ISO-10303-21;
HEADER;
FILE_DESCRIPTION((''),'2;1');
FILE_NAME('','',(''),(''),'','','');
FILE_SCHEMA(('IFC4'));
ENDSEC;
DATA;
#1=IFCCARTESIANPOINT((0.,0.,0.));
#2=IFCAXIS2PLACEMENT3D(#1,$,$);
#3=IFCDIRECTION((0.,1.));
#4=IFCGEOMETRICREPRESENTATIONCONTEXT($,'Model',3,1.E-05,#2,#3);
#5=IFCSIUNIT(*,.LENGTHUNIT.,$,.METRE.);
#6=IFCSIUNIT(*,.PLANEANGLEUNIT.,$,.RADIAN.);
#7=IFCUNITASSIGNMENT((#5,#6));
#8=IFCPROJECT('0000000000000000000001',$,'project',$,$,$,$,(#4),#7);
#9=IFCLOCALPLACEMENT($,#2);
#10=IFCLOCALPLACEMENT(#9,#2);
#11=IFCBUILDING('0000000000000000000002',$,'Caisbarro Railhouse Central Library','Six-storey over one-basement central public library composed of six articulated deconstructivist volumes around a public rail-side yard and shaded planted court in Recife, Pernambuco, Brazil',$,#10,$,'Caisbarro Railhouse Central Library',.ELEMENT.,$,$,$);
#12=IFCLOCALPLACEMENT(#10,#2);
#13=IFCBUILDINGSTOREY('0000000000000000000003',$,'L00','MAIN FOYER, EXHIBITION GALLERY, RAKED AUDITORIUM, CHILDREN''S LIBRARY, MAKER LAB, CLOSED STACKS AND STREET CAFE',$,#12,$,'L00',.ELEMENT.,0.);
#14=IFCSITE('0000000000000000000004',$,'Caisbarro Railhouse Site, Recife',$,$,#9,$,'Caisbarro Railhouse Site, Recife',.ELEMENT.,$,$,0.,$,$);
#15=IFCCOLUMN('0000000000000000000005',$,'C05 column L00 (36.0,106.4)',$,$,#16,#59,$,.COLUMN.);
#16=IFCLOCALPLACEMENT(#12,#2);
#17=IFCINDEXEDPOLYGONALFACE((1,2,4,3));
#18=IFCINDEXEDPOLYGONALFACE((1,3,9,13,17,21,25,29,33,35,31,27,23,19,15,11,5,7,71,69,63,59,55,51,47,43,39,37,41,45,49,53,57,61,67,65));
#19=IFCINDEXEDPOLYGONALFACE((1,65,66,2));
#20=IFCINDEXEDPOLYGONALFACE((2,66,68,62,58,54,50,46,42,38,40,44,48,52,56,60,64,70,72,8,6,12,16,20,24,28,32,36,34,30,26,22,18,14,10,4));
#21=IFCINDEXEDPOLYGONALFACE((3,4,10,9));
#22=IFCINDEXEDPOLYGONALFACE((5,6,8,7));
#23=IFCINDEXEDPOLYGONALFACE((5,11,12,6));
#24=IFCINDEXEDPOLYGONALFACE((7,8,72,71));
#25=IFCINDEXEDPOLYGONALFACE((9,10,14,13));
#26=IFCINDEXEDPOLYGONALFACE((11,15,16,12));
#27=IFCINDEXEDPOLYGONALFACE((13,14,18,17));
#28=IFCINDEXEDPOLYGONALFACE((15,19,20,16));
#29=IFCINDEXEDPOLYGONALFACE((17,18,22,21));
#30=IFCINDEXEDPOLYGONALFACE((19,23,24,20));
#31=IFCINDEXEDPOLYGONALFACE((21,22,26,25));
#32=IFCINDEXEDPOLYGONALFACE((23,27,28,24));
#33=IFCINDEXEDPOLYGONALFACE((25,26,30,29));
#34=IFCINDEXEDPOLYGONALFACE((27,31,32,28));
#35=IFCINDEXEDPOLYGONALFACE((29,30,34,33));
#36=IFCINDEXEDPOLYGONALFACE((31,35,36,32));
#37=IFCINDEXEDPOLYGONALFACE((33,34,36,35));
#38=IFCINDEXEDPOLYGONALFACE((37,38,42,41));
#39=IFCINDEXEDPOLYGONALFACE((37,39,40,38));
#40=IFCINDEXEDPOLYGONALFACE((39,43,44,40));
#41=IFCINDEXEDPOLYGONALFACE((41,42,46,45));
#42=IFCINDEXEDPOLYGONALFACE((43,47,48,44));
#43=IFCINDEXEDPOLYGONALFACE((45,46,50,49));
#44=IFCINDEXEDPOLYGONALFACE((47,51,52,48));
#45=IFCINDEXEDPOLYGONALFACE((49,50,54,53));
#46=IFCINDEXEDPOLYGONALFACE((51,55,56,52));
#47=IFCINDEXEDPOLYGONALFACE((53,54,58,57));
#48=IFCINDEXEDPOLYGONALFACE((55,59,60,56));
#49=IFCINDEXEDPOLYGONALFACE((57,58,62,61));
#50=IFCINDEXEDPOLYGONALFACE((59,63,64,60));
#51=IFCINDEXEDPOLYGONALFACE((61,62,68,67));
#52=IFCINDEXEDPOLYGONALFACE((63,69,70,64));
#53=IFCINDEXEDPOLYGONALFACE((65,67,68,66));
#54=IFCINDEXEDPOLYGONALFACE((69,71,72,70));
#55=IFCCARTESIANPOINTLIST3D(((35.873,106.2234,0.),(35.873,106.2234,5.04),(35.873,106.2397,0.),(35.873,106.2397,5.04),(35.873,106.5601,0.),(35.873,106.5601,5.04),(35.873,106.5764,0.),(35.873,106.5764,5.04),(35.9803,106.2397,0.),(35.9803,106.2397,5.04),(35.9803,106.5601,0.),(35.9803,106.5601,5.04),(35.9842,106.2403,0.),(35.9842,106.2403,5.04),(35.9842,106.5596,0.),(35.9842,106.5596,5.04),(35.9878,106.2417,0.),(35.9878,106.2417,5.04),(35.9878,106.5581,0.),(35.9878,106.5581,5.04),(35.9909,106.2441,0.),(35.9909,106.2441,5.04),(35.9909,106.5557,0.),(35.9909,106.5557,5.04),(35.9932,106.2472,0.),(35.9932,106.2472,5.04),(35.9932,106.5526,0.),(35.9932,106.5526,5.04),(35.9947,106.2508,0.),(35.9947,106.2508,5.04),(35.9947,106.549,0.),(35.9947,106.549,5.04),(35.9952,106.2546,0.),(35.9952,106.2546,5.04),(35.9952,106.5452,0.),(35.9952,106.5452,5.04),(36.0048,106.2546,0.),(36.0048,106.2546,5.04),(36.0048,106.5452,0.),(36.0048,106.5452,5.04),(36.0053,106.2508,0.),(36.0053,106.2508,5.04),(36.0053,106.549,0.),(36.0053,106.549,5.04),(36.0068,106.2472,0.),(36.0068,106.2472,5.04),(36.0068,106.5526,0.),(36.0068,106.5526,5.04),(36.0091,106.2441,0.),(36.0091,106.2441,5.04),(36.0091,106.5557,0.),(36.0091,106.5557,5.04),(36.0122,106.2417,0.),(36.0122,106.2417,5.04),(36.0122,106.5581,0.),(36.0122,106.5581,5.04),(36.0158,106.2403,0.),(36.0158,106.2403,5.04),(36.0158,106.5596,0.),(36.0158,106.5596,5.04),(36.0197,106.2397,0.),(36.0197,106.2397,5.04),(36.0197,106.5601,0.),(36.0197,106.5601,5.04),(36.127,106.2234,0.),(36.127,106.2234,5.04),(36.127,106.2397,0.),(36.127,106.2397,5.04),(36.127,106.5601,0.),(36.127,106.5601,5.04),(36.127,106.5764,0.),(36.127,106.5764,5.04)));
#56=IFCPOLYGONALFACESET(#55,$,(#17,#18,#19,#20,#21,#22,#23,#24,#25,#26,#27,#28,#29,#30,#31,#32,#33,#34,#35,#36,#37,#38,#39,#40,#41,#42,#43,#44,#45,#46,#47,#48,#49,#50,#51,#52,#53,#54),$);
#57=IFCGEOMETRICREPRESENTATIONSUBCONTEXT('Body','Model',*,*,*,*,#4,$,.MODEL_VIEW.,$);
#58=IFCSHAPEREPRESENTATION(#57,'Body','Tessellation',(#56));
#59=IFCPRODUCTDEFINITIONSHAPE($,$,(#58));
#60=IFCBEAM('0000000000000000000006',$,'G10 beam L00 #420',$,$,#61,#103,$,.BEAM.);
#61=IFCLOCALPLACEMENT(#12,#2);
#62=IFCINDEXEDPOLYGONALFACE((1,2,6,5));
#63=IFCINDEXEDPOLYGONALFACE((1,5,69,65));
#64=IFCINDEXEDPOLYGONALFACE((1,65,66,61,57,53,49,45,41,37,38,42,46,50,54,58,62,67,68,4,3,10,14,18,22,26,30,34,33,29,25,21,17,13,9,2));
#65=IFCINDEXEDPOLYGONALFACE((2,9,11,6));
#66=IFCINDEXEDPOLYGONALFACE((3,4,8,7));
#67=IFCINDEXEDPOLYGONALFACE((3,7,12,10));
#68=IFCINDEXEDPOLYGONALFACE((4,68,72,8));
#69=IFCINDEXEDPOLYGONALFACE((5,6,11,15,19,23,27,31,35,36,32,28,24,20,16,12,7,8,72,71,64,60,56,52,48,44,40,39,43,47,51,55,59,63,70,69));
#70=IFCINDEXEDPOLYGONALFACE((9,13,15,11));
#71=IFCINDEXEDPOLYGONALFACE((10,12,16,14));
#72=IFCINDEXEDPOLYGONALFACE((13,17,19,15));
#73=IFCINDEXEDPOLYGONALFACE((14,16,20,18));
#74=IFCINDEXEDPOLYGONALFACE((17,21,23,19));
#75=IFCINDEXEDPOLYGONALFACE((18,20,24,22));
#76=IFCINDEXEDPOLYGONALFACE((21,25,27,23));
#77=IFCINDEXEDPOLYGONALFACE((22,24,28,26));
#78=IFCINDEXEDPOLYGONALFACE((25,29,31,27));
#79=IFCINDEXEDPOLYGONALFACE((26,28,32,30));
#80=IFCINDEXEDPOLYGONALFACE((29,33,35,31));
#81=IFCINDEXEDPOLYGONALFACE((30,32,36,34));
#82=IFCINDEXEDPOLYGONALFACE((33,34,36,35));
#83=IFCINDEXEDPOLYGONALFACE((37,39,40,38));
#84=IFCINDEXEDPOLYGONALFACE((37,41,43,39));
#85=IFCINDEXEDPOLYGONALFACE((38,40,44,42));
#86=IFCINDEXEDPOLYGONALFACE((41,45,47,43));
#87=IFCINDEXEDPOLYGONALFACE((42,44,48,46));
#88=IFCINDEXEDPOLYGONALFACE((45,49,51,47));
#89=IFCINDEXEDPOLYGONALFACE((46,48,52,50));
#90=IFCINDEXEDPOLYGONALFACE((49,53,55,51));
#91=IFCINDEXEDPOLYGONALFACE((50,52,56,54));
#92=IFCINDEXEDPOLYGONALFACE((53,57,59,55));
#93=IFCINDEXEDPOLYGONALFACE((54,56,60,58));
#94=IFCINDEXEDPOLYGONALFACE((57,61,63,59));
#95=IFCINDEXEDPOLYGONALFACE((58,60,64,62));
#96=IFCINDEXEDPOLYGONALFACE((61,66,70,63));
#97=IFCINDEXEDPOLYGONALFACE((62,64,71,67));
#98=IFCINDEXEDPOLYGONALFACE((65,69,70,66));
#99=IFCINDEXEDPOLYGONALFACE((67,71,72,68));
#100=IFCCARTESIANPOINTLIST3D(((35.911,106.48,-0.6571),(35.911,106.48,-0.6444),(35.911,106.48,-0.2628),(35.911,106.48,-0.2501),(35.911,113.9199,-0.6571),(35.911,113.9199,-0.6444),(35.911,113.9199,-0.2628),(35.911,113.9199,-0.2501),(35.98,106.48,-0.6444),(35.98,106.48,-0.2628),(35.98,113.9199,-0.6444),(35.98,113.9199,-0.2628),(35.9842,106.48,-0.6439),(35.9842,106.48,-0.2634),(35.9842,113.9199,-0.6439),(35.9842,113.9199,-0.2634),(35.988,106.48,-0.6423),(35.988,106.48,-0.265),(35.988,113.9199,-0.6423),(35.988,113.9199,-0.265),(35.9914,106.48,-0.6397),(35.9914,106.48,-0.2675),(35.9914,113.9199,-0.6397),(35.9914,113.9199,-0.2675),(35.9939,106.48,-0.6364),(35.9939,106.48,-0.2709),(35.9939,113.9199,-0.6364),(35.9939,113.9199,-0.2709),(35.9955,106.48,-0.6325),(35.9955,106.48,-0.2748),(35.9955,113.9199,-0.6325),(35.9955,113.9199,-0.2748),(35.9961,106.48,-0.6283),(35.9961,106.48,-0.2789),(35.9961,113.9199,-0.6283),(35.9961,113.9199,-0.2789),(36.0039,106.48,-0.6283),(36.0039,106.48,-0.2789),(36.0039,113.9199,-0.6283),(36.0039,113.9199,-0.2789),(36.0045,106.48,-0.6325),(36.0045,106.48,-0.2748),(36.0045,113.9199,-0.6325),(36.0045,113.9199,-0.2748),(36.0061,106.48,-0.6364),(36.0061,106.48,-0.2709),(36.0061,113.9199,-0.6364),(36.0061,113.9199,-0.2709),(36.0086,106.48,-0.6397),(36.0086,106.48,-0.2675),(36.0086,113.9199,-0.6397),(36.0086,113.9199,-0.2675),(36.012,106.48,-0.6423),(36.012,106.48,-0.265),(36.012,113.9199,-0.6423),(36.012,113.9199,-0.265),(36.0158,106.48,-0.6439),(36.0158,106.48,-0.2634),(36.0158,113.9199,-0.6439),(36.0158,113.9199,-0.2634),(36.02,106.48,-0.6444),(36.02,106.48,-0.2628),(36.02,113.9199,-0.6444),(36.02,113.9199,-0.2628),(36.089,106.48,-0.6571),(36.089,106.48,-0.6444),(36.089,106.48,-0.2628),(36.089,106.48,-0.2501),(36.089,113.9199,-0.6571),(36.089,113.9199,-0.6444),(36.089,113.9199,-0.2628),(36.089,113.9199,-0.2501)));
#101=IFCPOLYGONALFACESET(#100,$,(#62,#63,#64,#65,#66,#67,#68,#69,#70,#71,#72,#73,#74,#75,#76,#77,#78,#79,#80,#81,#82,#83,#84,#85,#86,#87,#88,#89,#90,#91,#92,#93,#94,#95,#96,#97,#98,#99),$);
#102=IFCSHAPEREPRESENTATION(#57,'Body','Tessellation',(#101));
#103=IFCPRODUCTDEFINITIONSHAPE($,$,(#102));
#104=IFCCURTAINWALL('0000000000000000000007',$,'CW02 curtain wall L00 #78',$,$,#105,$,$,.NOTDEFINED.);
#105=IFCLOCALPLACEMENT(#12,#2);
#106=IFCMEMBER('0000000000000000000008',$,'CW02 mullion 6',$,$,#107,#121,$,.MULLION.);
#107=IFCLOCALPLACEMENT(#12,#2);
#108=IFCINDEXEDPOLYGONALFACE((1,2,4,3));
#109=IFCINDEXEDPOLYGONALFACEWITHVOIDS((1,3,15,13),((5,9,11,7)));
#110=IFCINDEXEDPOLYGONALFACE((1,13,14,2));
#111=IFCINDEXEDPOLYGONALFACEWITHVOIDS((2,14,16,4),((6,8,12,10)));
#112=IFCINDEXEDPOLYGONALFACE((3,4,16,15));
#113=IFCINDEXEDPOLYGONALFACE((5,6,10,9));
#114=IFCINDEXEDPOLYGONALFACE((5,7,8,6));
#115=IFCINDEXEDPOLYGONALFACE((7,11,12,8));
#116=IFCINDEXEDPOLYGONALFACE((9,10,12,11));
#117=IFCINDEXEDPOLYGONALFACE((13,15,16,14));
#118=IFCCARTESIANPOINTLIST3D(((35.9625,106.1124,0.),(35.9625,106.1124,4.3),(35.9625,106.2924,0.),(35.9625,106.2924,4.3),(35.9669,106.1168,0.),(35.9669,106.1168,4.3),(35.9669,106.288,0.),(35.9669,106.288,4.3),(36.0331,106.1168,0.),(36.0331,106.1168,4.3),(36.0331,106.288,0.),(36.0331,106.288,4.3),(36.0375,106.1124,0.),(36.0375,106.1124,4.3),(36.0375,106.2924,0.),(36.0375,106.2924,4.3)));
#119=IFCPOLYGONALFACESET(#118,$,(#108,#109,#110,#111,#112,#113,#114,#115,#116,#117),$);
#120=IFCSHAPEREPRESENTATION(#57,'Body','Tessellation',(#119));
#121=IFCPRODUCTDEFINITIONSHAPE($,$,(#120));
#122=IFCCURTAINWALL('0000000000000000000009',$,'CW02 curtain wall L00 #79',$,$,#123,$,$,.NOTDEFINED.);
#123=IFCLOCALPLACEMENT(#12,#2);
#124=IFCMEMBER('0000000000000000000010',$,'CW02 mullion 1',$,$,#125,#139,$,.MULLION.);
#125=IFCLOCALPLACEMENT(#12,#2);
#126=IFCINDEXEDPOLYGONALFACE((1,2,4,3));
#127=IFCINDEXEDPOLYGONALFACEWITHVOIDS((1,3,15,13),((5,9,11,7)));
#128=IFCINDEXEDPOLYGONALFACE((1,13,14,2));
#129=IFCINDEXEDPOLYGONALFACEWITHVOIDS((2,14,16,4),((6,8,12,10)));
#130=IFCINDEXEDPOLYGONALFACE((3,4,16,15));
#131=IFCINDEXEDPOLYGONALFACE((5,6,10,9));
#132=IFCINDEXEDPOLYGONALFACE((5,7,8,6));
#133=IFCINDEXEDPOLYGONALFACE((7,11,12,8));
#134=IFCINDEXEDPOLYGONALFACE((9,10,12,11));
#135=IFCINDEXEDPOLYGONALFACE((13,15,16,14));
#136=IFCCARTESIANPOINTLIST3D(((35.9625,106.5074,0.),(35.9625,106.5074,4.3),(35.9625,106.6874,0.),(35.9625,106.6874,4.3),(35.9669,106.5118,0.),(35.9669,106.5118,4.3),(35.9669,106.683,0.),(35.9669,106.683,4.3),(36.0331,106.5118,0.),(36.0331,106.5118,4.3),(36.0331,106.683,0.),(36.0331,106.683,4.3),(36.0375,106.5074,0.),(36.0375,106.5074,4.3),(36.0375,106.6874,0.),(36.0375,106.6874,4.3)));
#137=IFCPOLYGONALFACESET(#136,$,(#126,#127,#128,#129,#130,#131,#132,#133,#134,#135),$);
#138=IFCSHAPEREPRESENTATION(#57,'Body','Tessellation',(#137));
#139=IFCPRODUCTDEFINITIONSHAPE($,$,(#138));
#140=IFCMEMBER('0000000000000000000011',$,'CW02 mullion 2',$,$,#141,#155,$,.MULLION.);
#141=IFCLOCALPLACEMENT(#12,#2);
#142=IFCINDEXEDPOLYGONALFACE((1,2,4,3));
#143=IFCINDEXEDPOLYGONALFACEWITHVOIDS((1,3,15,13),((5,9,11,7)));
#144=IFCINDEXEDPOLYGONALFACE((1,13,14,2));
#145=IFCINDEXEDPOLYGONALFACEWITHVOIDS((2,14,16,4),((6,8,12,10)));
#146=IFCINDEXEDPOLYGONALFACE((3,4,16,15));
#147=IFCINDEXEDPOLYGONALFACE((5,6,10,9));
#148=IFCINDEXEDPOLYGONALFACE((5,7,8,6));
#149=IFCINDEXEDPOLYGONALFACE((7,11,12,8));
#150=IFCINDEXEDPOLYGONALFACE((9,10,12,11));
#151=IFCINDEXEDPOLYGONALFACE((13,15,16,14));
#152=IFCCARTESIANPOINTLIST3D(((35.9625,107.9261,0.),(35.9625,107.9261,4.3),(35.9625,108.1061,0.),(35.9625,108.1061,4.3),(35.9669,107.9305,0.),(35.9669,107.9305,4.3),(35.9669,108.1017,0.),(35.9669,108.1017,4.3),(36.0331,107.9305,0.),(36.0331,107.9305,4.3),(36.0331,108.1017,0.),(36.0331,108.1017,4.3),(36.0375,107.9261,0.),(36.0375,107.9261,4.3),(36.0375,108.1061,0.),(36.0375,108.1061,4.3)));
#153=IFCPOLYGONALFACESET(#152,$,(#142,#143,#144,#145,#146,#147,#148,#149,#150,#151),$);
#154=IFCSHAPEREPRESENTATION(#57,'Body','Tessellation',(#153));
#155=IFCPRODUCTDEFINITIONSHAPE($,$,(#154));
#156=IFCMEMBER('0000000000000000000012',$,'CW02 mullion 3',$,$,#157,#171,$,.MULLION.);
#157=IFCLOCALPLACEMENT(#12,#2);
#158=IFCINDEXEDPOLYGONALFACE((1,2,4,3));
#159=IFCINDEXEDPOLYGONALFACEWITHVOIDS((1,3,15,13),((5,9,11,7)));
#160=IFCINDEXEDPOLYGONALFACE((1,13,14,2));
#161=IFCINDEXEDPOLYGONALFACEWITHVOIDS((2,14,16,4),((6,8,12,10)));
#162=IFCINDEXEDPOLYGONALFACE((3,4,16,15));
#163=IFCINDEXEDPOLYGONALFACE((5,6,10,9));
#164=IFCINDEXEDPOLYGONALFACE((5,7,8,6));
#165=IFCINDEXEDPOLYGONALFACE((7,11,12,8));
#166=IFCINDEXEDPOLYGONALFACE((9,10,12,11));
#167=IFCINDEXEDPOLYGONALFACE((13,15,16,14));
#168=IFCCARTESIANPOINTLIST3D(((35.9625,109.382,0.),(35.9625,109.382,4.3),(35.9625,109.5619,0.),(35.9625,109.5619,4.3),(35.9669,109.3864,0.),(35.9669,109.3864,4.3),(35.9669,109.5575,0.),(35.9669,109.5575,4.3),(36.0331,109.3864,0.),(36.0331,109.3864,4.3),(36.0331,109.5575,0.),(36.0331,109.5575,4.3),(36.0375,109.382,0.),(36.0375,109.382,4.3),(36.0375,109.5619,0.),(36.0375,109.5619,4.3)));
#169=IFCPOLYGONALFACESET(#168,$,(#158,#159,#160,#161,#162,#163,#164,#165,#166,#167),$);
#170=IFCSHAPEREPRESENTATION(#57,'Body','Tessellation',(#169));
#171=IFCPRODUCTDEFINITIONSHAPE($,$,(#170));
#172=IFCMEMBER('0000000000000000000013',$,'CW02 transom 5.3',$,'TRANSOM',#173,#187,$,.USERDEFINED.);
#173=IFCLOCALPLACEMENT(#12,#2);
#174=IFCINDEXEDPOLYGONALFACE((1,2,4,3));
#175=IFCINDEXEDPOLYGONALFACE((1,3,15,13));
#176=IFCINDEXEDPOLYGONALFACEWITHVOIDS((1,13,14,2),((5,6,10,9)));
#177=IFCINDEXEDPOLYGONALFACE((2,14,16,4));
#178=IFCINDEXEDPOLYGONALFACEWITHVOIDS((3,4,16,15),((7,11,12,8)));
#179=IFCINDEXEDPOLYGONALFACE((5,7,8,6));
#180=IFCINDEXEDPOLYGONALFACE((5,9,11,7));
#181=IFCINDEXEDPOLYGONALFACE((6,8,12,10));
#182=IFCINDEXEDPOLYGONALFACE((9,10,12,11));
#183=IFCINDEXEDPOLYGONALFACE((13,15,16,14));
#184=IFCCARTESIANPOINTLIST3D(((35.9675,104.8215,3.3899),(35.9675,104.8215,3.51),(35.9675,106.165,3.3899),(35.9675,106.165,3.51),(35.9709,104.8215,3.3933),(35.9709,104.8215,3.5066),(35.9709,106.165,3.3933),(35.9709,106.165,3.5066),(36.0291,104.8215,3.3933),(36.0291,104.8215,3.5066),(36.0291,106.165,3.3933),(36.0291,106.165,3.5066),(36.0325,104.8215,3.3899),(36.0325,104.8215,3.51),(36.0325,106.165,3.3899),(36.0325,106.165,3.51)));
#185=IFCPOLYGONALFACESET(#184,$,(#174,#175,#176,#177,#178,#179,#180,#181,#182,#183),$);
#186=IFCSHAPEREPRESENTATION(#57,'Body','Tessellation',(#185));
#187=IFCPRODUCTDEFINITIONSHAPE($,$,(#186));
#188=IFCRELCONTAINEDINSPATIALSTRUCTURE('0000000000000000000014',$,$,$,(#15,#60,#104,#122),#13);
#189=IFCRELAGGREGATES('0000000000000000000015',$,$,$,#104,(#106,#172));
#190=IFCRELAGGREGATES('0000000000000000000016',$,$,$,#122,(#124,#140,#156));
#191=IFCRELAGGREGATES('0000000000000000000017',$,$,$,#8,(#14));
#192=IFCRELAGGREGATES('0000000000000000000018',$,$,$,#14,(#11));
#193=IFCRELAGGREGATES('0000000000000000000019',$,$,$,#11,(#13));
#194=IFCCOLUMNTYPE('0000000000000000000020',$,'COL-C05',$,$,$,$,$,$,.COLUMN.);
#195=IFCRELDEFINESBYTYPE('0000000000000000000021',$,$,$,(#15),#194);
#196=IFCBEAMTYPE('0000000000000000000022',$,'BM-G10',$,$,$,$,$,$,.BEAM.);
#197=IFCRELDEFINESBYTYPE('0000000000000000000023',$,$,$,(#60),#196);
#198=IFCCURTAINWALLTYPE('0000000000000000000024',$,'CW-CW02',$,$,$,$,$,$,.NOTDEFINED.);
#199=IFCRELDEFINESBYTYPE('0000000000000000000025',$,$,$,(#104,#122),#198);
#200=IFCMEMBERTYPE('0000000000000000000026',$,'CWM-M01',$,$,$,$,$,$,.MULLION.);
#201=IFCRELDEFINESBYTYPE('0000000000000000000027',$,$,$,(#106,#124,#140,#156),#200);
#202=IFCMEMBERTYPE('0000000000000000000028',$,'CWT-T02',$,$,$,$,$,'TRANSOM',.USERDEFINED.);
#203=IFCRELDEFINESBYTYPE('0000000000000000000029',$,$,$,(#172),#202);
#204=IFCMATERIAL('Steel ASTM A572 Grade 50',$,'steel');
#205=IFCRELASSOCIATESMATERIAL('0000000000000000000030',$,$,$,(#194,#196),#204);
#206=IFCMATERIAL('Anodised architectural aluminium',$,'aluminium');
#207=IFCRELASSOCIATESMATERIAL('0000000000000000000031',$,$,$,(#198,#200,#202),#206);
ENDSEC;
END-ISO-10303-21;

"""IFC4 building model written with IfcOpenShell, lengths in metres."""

from ifc_helpers import new_model, si_unit, direction, frame, origin, origin_2d, place, context, subcontext, project, spatial, hollow_rectangle, i_section, extrude, material, material_profile, profile_set, type_object, element, aggregate, save


model = new_model("IFC4")

# Units and contexts
model_context = context("Model", 3, precision=1e-05, world=origin(), true_north=direction((0.0, 1.0)))
body_context = subcontext(model_context, "Body", "Model", "MODEL_VIEW")
ifc_project = project(units=[si_unit("LENGTHUNIT", "METRE"), si_unit("PLANEANGLEUNIT", "RADIAN")], contexts=[model_context])

# Site, building, storey
site_placement = place(None, origin())
site = spatial("IfcSite", under=ifc_project, at=site_placement, Name="Caisbarro Railhouse Site, Recife", LongName="Caisbarro Railhouse Site, Recife", CompositionType="ELEMENT", RefElevation=0.0)
building_placement = place(site_placement, origin())
building = spatial("IfcBuilding", under=site, at=building_placement, Name="Caisbarro Railhouse Central Library", Description="Six-storey over one-basement central public library composed of six articulated deconstructivist volumes around a public rail-side yard and shaded planted court in Recife, Pernambuco, Brazil", LongName="Caisbarro Railhouse Central Library", CompositionType="ELEMENT")
storey_placement = place(building_placement, origin())
storey = spatial("IfcBuildingStorey", under=building, at=storey_placement, Name="L00", Description="MAIN FOYER, EXHIBITION GALLERY, RAKED AUDITORIUM, CHILDREN'S LIBRARY, MAKER LAB, CLOSED STACKS AND STREET CAFE", LongName="L00", CompositionType="ELEMENT", Elevation=0.0)

# Column
ifc_material_1 = material(Name="Steel ASTM A572 Grade 50", Category="steel")
ifc_material_profile_1 = material_profile(ifc_material_1, i_section(OverallWidth=0.2539, OverallDepth=0.353, WebThickness=0.0095, FlangeThickness=0.0164, FilletRadius=0.0149, at=origin_2d()), Name="W360X91.0")
ifc_profile_set_1 = profile_set([ifc_material_profile_1], Name="Steel ASTM A572 Grade 50")
column_type = type_object("IfcColumnType", Name="COL-C05", PredefinedType="COLUMN", material=ifc_profile_set_1)
column_placement = place(storey_placement, frame((36.0, 106.3999, 0.0), z_axis=(0.0, 0.0, 1.0), x_axis=(1.0, 0.0, 0.0)))
element("IfcColumn", 1, at=column_placement, inside=storey, type_object=column_type, Name="C05 column L00 (36.0,106.4)", PredefinedType="COLUMN", context=body_context, shape_type="SweptSolid", body=[
    extrude(i_section(OverallWidth=0.2539, OverallDepth=0.353, WebThickness=0.0095, FlangeThickness=0.0164, FilletRadius=0.0149, at=origin_2d()), origin(), (0.0, 0.0, 1.0), 5.04),
])

# Beam
ifc_material_profile_2 = material_profile(ifc_material_1, i_section(OverallWidth=0.178, OverallDepth=0.407, WebThickness=0.0078, FlangeThickness=0.0127, FilletRadius=0.0161, at=origin_2d()), Name="W410X60.0")
ifc_profile_set_2 = profile_set([ifc_material_profile_2], Name="Steel ASTM A572 Grade 50")
beam_type = type_object("IfcBeamType", Name="BM-G10", PredefinedType="BEAM", material=ifc_profile_set_2)
beam_placement = place(storey_placement, frame((36.0, 106.48, -0.4536), z_axis=(0.0, 1.0, 0.0), x_axis=(-1.0, 0.0, 0.0)))
element("IfcBeam", 2, at=beam_placement, inside=storey, type_object=beam_type, Name="G10 beam L00 #420", PredefinedType="BEAM", context=body_context, shape_type="SweptSolid", body=[
    extrude(i_section(OverallWidth=0.178, OverallDepth=0.407, WebThickness=0.0078, FlangeThickness=0.0127, FilletRadius=0.0161, at=origin_2d()), origin(), (0.0, 0.0, 1.0), 7.4399),
])

# Curtain wall, member
ifc_material_2 = material(Name="Anodised architectural aluminium", Category="aluminium")
curtain_wall_type = type_object("IfcCurtainWallType", Name="CW-CW02", PredefinedType="NOTDEFINED", material=ifc_material_2)
curtain_wall_1_placement = place(storey_placement, origin())
curtain_wall_1 = element("IfcCurtainWall", 3, at=curtain_wall_1_placement, inside=storey, type_object=curtain_wall_type, Name="CW02 curtain wall L00 #78", PredefinedType="NOTDEFINED")
ifc_material_profile_3 = material_profile(ifc_material_2, hollow_rectangle(XDim=0.075, YDim=0.1799, WallThickness=0.0044, at=origin_2d()), Name="ALU-MUL-75X180")
ifc_profile_set_3 = profile_set([ifc_material_profile_3], Name="Anodised architectural aluminium")
member_type_1 = type_object("IfcMemberType", Name="CWM-M01", PredefinedType="MULLION", material=ifc_profile_set_3)
member_1_placement = place(storey_placement, frame((36.0, 106.2024, 0.0), z_axis=(0.0, 0.0, 1.0), x_axis=(-1.0, 0.0, 0.0)))
member_1 = element("IfcMember", 4, at=member_1_placement, type_object=member_type_1, Name="CW02 mullion 6", PredefinedType="MULLION", context=body_context, shape_type="SweptSolid", body=[
    extrude(hollow_rectangle(XDim=0.075, YDim=0.1799, WallThickness=0.0044, at=origin_2d()), origin(), (0.0, 0.0, 1.0), 4.3),
])

# Curtain wall, members
curtain_wall_2_placement = place(storey_placement, origin())
curtain_wall_2 = element("IfcCurtainWall", 5, at=curtain_wall_2_placement, inside=storey, type_object=curtain_wall_type, Name="CW02 curtain wall L00 #79", PredefinedType="NOTDEFINED")
member_2_placement = place(storey_placement, frame((36.0, 106.5974, 0.0), z_axis=(0.0, 0.0, 1.0), x_axis=(-1.0, 0.0, 0.0)))
member_2 = element("IfcMember", 6, at=member_2_placement, type_object=member_type_1, Name="CW02 mullion 1", PredefinedType="MULLION", context=body_context, shape_type="SweptSolid", body=[
    extrude(hollow_rectangle(XDim=0.075, YDim=0.1799, WallThickness=0.0044, at=origin_2d()), origin(), (0.0, 0.0, 1.0), 4.3),
])
member_3_placement = place(storey_placement, frame((36.0, 108.0161, 0.0), z_axis=(0.0, 0.0, 1.0), x_axis=(-1.0, 0.0, 0.0)))
member_3 = element("IfcMember", 7, at=member_3_placement, type_object=member_type_1, Name="CW02 mullion 2", PredefinedType="MULLION", context=body_context, shape_type="SweptSolid", body=[
    extrude(hollow_rectangle(XDim=0.075, YDim=0.1799, WallThickness=0.0044, at=origin_2d()), origin(), (0.0, 0.0, 1.0), 4.3),
])
member_4_placement = place(storey_placement, frame((36.0, 109.4719, 0.0), z_axis=(0.0, 0.0, 1.0), x_axis=(-1.0, 0.0, 0.0)))
member_4 = element("IfcMember", 8, at=member_4_placement, type_object=member_type_1, Name="CW02 mullion 3", PredefinedType="MULLION", context=body_context, shape_type="SweptSolid", body=[
    extrude(hollow_rectangle(XDim=0.075, YDim=0.1799, WallThickness=0.0044, at=origin_2d()), origin(), (0.0, 0.0, 1.0), 4.3),
])

# Member
ifc_material_profile_4 = material_profile(ifc_material_2, hollow_rectangle(XDim=0.0649, YDim=0.1201, WallThickness=0.0034, at=origin_2d()), Name="ALU-TRN-65X120")
ifc_profile_set_4 = profile_set([ifc_material_profile_4], Name="Anodised architectural aluminium")
member_type_2 = type_object("IfcMemberType", Name="CWT-T02", ElementType="TRANSOM", PredefinedType="USERDEFINED", material=ifc_profile_set_4)
member_5_placement = place(storey_placement, frame((36.0, 104.8215, 3.45), z_axis=(0.0, 1.0, 0.0), x_axis=(-1.0, 0.0, 0.0)))
member_5 = element("IfcMember", 9, at=member_5_placement, type_object=member_type_2, Name="CW02 transom 5.3", ObjectType="TRANSOM", PredefinedType="USERDEFINED", context=body_context, shape_type="SweptSolid", body=[
    extrude(hollow_rectangle(XDim=0.0649, YDim=0.1201, WallThickness=0.0034, at=origin_2d()), origin(), (0.0, 0.0, 1.0), 1.3435),
])

aggregate(curtain_wall_1, [member_1, member_5])
aggregate(curtain_wall_2, [member_2, member_3, member_4])

save(model, "model.ifc")
